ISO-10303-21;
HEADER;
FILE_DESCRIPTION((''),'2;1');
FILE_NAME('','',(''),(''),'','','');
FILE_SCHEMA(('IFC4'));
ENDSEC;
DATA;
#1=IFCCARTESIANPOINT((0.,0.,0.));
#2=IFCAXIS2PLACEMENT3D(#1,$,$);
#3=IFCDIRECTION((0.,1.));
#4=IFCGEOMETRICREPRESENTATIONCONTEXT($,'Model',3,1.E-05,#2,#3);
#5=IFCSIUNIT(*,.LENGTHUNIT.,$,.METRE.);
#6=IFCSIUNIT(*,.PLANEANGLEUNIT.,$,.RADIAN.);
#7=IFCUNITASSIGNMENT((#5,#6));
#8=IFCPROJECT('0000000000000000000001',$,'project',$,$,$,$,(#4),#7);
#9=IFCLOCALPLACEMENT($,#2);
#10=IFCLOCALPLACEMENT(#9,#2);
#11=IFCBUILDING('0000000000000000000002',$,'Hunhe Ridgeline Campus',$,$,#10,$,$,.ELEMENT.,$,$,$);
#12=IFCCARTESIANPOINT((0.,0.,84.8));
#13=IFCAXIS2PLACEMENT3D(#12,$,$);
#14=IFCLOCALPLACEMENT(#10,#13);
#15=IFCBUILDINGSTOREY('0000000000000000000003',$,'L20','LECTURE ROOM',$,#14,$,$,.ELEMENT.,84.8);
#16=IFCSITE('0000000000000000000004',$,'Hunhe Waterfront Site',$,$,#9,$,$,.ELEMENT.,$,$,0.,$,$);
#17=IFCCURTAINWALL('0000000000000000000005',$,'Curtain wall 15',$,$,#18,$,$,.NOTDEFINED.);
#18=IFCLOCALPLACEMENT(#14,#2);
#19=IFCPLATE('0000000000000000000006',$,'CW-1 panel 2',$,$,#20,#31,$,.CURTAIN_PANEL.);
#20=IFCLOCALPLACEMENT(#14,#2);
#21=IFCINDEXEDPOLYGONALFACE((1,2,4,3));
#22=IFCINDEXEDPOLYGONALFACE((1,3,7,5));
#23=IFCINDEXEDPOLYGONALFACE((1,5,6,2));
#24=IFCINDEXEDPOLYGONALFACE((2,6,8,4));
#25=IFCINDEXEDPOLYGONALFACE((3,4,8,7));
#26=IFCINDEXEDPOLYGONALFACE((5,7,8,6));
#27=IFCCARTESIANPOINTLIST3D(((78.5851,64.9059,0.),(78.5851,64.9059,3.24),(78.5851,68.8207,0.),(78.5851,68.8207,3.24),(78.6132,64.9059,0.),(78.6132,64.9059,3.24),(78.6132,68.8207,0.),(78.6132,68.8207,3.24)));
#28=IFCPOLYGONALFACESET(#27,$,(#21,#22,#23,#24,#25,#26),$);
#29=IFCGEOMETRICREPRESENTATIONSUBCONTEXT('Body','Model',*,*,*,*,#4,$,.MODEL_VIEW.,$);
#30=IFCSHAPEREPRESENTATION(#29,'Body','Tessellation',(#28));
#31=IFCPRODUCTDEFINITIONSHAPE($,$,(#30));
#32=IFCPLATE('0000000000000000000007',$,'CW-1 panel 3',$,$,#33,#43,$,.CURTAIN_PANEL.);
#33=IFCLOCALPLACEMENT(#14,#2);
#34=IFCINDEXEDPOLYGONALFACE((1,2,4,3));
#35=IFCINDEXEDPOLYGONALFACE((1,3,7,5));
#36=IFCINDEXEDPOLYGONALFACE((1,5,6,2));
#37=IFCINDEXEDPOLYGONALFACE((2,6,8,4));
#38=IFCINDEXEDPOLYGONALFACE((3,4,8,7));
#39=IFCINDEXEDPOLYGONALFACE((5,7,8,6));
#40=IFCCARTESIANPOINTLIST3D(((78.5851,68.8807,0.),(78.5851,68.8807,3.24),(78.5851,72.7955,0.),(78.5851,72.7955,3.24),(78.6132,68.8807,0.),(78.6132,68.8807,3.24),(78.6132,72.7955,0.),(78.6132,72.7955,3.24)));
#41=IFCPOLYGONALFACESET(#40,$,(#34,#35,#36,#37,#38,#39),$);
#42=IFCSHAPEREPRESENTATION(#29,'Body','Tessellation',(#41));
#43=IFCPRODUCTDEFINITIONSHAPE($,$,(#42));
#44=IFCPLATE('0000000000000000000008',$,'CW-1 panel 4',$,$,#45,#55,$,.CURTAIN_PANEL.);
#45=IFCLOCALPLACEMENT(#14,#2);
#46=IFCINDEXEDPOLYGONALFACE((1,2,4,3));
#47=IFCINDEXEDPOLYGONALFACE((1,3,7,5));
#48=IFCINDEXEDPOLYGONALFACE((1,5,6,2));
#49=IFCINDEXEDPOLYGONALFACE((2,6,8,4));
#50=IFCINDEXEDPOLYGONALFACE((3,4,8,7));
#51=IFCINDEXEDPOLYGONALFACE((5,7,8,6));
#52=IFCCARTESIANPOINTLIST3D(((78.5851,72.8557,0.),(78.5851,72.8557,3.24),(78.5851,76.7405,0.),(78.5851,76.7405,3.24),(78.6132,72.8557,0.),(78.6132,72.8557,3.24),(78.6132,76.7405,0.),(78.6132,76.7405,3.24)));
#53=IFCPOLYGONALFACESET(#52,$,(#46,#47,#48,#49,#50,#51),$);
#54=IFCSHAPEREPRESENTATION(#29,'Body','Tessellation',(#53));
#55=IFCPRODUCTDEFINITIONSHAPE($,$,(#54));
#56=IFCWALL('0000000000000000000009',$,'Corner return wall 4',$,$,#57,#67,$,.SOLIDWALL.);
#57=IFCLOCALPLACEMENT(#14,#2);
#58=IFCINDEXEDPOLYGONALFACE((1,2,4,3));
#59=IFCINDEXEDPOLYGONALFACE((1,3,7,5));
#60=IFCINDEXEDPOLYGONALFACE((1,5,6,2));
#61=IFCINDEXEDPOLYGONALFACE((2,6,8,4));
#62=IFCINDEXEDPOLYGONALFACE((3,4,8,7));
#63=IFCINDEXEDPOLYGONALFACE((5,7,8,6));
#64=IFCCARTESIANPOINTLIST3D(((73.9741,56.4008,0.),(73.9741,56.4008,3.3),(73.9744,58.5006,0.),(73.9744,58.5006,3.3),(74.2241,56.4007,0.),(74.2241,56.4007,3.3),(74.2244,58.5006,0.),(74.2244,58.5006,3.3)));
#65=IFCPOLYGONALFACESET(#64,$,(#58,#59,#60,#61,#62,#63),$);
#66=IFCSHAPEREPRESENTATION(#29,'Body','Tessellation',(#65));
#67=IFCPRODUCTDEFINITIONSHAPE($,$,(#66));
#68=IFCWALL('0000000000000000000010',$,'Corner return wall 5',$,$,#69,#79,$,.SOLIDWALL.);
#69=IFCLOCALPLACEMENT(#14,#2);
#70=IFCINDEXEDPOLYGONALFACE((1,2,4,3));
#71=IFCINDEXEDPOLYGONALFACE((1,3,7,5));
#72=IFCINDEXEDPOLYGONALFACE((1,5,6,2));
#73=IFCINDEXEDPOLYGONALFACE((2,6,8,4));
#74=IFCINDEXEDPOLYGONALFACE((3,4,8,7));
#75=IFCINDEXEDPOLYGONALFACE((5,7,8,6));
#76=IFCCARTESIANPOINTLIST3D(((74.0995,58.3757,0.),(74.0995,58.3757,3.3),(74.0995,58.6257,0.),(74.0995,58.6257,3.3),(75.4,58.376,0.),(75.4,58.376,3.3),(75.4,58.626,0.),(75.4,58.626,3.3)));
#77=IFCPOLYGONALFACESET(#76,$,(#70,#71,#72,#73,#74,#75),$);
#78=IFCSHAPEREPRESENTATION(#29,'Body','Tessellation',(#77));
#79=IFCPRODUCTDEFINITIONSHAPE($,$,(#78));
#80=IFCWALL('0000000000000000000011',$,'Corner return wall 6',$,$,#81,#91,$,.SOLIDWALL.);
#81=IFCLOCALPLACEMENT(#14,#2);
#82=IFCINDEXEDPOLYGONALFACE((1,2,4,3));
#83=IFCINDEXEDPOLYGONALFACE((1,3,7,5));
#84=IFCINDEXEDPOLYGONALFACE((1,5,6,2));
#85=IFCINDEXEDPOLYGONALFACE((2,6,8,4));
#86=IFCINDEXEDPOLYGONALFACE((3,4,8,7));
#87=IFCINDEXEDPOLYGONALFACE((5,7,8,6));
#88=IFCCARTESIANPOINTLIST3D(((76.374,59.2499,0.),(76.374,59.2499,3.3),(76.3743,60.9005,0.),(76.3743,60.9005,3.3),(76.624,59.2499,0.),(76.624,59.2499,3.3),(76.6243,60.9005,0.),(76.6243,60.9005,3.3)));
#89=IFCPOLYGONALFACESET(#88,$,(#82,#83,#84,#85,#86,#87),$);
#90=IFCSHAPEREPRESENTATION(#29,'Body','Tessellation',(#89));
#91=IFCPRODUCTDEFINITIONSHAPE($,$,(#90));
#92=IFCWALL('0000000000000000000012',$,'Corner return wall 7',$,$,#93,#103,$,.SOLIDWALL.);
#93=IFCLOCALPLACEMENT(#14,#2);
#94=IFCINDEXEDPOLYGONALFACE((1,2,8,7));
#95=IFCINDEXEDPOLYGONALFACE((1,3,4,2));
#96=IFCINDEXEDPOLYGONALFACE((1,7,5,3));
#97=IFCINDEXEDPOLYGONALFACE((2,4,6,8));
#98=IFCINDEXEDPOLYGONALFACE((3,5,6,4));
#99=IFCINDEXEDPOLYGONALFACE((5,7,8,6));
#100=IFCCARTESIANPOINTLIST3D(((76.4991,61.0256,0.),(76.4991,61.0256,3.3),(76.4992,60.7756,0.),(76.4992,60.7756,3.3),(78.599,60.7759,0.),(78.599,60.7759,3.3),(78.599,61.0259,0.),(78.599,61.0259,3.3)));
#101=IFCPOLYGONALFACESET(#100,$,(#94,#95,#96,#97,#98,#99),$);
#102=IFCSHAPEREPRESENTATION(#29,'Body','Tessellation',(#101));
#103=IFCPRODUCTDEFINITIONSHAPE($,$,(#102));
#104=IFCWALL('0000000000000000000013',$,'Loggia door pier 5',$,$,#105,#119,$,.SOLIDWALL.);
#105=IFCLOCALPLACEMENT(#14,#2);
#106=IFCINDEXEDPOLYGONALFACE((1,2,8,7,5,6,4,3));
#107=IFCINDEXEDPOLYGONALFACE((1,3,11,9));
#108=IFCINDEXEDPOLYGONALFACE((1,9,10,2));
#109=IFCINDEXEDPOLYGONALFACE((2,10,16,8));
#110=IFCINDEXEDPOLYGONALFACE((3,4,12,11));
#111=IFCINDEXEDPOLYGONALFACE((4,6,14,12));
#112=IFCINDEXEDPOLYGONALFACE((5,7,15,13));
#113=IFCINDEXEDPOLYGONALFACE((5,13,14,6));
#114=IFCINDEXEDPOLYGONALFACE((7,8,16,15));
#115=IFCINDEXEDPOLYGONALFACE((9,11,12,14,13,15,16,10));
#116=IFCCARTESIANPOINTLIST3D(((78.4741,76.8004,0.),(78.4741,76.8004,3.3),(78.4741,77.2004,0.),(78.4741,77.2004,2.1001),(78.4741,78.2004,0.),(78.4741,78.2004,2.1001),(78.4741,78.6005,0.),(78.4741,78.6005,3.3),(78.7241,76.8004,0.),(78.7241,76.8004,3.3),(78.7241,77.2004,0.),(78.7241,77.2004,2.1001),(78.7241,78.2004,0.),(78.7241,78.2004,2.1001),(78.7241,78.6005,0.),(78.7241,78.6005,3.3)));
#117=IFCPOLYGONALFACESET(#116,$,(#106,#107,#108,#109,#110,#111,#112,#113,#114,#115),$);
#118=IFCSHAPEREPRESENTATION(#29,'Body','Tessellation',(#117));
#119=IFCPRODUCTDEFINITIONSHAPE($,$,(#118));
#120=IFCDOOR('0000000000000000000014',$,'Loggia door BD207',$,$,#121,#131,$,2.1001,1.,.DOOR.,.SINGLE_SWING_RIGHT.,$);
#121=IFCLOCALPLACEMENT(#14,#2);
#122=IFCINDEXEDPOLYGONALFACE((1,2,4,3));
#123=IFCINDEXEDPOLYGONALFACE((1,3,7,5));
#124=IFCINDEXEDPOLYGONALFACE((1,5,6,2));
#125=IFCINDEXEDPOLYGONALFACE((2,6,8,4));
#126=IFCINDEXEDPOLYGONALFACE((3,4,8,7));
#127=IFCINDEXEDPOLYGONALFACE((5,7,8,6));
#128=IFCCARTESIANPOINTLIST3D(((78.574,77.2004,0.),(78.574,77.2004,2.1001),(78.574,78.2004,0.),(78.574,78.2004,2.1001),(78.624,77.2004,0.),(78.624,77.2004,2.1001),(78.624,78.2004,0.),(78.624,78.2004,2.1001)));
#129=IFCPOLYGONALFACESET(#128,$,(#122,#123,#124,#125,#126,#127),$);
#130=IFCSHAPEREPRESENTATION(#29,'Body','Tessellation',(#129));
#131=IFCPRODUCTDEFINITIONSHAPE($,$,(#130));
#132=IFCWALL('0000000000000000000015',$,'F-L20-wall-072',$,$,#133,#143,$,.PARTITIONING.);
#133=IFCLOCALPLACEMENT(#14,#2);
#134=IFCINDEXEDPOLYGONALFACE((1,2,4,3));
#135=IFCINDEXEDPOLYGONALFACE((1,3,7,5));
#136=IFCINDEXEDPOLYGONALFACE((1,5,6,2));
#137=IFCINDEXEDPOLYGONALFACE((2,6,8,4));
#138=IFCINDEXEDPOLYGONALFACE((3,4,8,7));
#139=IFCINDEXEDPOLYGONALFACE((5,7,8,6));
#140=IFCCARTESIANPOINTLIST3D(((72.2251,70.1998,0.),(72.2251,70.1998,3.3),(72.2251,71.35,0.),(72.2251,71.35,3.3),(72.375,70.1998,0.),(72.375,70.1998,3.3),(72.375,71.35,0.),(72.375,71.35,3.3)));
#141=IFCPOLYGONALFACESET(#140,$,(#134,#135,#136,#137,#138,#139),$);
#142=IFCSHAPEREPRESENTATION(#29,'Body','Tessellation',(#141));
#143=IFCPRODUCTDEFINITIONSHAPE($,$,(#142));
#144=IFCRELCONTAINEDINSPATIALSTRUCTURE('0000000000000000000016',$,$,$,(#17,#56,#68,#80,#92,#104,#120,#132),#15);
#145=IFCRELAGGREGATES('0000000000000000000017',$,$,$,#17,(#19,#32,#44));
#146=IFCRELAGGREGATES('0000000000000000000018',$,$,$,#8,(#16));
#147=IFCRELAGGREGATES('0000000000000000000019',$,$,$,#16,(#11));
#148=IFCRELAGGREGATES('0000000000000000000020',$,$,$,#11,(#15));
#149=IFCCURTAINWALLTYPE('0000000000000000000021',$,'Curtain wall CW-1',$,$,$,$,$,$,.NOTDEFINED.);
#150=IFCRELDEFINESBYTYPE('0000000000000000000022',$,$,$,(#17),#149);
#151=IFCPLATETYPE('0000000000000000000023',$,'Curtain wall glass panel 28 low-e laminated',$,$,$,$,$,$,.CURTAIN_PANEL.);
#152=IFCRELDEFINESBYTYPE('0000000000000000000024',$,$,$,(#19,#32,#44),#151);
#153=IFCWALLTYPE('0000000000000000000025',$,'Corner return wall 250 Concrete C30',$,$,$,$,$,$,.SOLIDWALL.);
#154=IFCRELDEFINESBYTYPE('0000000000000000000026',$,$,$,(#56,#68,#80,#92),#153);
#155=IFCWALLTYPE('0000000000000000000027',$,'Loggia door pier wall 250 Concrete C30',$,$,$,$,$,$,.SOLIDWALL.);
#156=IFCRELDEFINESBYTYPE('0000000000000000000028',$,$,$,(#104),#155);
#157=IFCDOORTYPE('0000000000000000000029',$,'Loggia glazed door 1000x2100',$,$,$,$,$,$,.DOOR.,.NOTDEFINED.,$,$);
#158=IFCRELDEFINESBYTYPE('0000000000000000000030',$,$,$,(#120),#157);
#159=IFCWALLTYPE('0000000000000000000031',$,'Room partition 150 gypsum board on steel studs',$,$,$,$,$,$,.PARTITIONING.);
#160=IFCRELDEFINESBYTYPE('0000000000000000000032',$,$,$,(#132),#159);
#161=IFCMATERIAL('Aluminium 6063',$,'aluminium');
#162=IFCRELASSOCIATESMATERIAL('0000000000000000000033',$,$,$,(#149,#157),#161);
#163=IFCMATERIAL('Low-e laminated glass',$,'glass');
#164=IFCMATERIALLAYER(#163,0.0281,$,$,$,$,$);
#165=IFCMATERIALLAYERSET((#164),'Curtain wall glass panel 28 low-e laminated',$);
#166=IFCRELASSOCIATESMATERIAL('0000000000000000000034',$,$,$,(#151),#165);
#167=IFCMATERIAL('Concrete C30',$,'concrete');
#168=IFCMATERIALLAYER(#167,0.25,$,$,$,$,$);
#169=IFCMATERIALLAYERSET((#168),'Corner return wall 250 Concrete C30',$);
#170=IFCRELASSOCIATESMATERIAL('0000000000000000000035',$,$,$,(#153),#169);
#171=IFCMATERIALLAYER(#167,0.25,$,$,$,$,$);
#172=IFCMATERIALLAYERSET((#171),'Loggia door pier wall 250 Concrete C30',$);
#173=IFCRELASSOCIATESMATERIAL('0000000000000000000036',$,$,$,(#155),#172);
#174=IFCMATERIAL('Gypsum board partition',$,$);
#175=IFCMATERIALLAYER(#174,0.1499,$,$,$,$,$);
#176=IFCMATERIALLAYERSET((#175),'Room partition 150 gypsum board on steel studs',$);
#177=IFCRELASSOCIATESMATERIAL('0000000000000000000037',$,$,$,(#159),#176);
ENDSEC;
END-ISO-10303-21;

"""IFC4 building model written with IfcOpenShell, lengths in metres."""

from ifc_helpers import new_model, si_unit, direction, frame, frame_2d, origin, origin_2d, place, context, subcontext, project, spatial, rectangle, extrude, material, layer, layer_set, type_object, element, fill, aggregate, save


model = new_model("IFC4")

# Units and contexts
model_context = context("Model", 3, precision=1e-05, world=origin(), true_north=direction((0.0, 1.0)))
body_context = subcontext(model_context, "Body", "Model", "MODEL_VIEW")
ifc_project = project(units=[si_unit("LENGTHUNIT", "METRE"), si_unit("PLANEANGLEUNIT", "RADIAN")], contexts=[model_context])

# Site, building, storey
site_placement = place(None, origin())
site = spatial("IfcSite", under=ifc_project, at=site_placement, Name="Hunhe Waterfront Site", CompositionType="ELEMENT", RefElevation=0.0)
building_placement = place(site_placement, origin())
building = spatial("IfcBuilding", under=site, at=building_placement, Name="Hunhe Ridgeline Campus", CompositionType="ELEMENT")
storey_placement = place(building_placement, frame((0.0, 0.0, 84.8)))
storey = spatial("IfcBuildingStorey", under=building, at=storey_placement, Name="L20", Description="LECTURE ROOM", CompositionType="ELEMENT", Elevation=84.8)

# Shared definitions
ifc_material_1 = material(Name="Aluminium 6063", Category="aluminium")
curtain_wall_type = type_object("IfcCurtainWallType", Name="Curtain wall CW-1", PredefinedType="NOTDEFINED", material=ifc_material_1)

# Curtain wall, plates
curtain_wall_1_placement = place(storey_placement, origin())
curtain_wall_1 = element("IfcCurtainWall", 1, at=curtain_wall_1_placement, inside=storey, type_object=curtain_wall_type, Name="Curtain wall 15", PredefinedType="NOTDEFINED")
ifc_material_2 = material(Name="Low-e laminated glass", Category="glass")
ifc_layer_1 = layer(ifc_material_2, 0.0281)
ifc_layer_set_1 = layer_set([ifc_layer_1], Name="Curtain wall glass panel 28 low-e laminated")
plate_type = type_object("IfcPlateType", Name="Curtain wall glass panel 28 low-e laminated", PredefinedType="CURTAIN_PANEL", material=ifc_layer_set_1)
plate_1_placement = place(storey_placement, frame((78.5991, 66.8633, 0.0), z_axis=(0.0, 0.0, 1.0), x_axis=(0.0, 1.0, 0.0)))
plate_1 = element("IfcPlate", 2, at=plate_1_placement, type_object=plate_type, Name="CW-1 panel 2", PredefinedType="CURTAIN_PANEL", context=body_context, shape_type="SweptSolid", body=[
    extrude(rectangle(XDim=3.9148, YDim=0.0281, at=origin_2d()), origin(), (0.0, 0.0, 1.0), 3.24),
])
plate_2_placement = place(storey_placement, frame((78.5991, 70.8381, 0.0), z_axis=(0.0, 0.0, 1.0), x_axis=(0.0, 1.0, 0.0)))
plate_2 = element("IfcPlate", 3, at=plate_2_placement, type_object=plate_type, Name="CW-1 panel 3", PredefinedType="CURTAIN_PANEL", context=body_context, shape_type="SweptSolid", body=[
    extrude(rectangle(XDim=3.9148, YDim=0.0281, at=origin_2d()), origin(), (0.0, 0.0, 1.0), 3.24),
])
plate_3_placement = place(storey_placement, frame((78.5991, 74.7981, 0.0), z_axis=(0.0, 0.0, 1.0), x_axis=(0.0, 1.0, 0.0)))
plate_3 = element("IfcPlate", 4, at=plate_3_placement, type_object=plate_type, Name="CW-1 panel 4", PredefinedType="CURTAIN_PANEL", context=body_context, shape_type="SweptSolid", body=[
    extrude(rectangle(XDim=3.8848, YDim=0.0281, at=origin_2d()), origin(), (0.0, 0.0, 1.0), 3.24),
])
aggregate(curtain_wall_1, [plate_1, plate_2, plate_3])

# Walls
ifc_material_3 = material(Name="Concrete C30", Category="concrete")
ifc_layer_2 = layer(ifc_material_3, 0.25)
ifc_layer_set_2 = layer_set([ifc_layer_2], Name="Corner return wall 250 Concrete C30")
wall_type_1 = type_object("IfcWallType", Name="Corner return wall 250 Concrete C30", PredefinedType="SOLIDWALL", material=ifc_layer_set_2)
wall_1_placement = place(storey_placement, frame((74.0991, 56.4009, 0.0), z_axis=(0.0, 0.0, 1.0), x_axis=(0.000116, 1.0, 0.0)))
element("IfcWall", 5, at=wall_1_placement, inside=storey, type_object=wall_type_1, Name="Corner return wall 4", PredefinedType="SOLIDWALL", context=body_context, shape_type="SweptSolid", body=[
    extrude(rectangle(XDim=2.0999, YDim=0.25, at=frame_2d((1.0498, 0.0))), origin(), (0.0, 0.0, 1.0), 3.3),
])
wall_2_placement = place(storey_placement, frame((74.0994, 58.5007, 0.0), z_axis=(0.0, 0.0, 1.0), x_axis=(1.0, 0.000188, 0.0)))
element("IfcWall", 6, at=wall_2_placement, inside=storey, type_object=wall_type_1, Name="Corner return wall 5", PredefinedType="SOLIDWALL", context=body_context, shape_type="SweptSolid", body=[
    extrude(rectangle(XDim=1.3005, YDim=0.25, at=frame_2d((0.6504, 0.0))), origin(), (0.0, 0.0, 1.0), 3.3),
])
wall_3_placement = place(storey_placement, frame((76.499, 59.25, 0.0), z_axis=(0.0, 0.0, 1.0), x_axis=(0.000148, 1.0, 0.0)))
element("IfcWall", 7, at=wall_3_placement, inside=storey, type_object=wall_type_1, Name="Corner return wall 6", PredefinedType="SOLIDWALL", context=body_context, shape_type="SweptSolid", body=[
    extrude(rectangle(XDim=1.6506, YDim=0.25, at=frame_2d((0.8252, 0.0))), origin(), (0.0, 0.0, 1.0), 3.3),
])
wall_4_placement = place(storey_placement, frame((76.4993, 60.9006, 0.0), z_axis=(0.0, 0.0, 1.0), x_axis=(1.0, 0.000116, 0.0)))
element("IfcWall", 8, at=wall_4_placement, inside=storey, type_object=wall_type_1, Name="Corner return wall 7", PredefinedType="SOLIDWALL", context=body_context, shape_type="SweptSolid", body=[
    extrude(rectangle(XDim=2.0999, YDim=0.25, at=frame_2d((1.0498, 0.0))), origin(), (0.0, 0.0, 1.0), 3.3),
])

# Shared definitions
ifc_material_4 = material(Name="Gypsum board partition")

# Wall, opening, door
ifc_layer_3 = layer(ifc_material_3, 0.25)
ifc_layer_set_3 = layer_set([ifc_layer_3], Name="Loggia door pier wall 250 Concrete C30")
wall_type_2 = type_object("IfcWallType", Name="Loggia door pier wall 250 Concrete C30", PredefinedType="SOLIDWALL", material=ifc_layer_set_3)
wall_5_placement = place(storey_placement, frame((78.5991, 76.8005, 0.0), z_axis=(0.0, 0.0, 1.0), x_axis=(0.0, 1.0, 0.0)))
wall_5 = element("IfcWall", 9, at=wall_5_placement, inside=storey, type_object=wall_type_2, Name="Loggia door pier 5", PredefinedType="SOLIDWALL", context=body_context, shape_type="SweptSolid", body=[
    extrude(rectangle(XDim=1.8, YDim=0.25, at=frame_2d((0.8999, 0.0))), origin(), (0.0, 0.0, 1.0), 3.3),
])
opening_1_placement = place(wall_5_placement, frame((0.3999, 0.0, 0.0)))
opening_1 = element("IfcOpeningElement", 10, at=opening_1_placement, cuts=wall_5, PredefinedType="OPENING", context=body_context, shape_type="SweptSolid", body=[
    extrude(rectangle(XDim=1.0, YDim=2.1001, at=frame_2d((0.5, 1.05))), frame((0.0, 0.125, 0.0), z_axis=(0.0, -1.0, 0.0), x_axis=(1.0, 0.0, 0.0)), (0.0, 0.0, 1.0), 0.25),
])
door_type_1 = type_object("IfcDoorType", Name="Loggia glazed door 1000x2100", OperationType="NOTDEFINED", PredefinedType="DOOR", material=ifc_material_1)
door_1_placement = place(opening_1_placement, frame((1.0, 0.0, 0.0), z_axis=(0.0, 0.0, 1.0), x_axis=(-1.0, 0.0, 0.0)))
door_1 = element("IfcDoor", 11, at=door_1_placement, inside=storey, type_object=door_type_1, Name="Loggia door BD207", OperationType="SINGLE_SWING_RIGHT", OverallHeight=2.1001, OverallWidth=1.0, PredefinedType="DOOR", context=body_context, shape_type="SweptSolid", body=[
    extrude(rectangle(XDim=1.0, YDim=2.1001, at=frame_2d((0.5, 1.05))), frame((0.0, 0.0249, 0.0), z_axis=(0.0, -1.0, 0.0), x_axis=(1.0, 0.0, 0.0)), (0.0, 0.0, 1.0), 0.05),
])
fill(opening_1, door_1)

# Wall
ifc_layer_4 = layer(ifc_material_4, 0.1499)
ifc_layer_set_4 = layer_set([ifc_layer_4], Name="Room partition 150 gypsum board on steel studs")
wall_type_3 = type_object("IfcWallType", Name="Room partition 150 gypsum board on steel studs", PredefinedType="PARTITIONING", material=ifc_layer_set_4)
wall_6_placement = place(storey_placement, frame((72.3, 71.3501, 0.0), z_axis=(0.0, 0.0, 1.0), x_axis=(0.0, -1.0, 0.0)))
element("IfcWall", 12, at=wall_6_placement, inside=storey, type_object=wall_type_3, Name="F-L20-wall-072", PredefinedType="PARTITIONING", context=body_context, shape_type="SweptSolid", body=[
    extrude(rectangle(XDim=1.1501, YDim=0.1499, at=frame_2d((0.5752, 0.0))), origin(), (0.0, 0.0, 1.0), 3.3),
])

save(model, "model.ifc")
